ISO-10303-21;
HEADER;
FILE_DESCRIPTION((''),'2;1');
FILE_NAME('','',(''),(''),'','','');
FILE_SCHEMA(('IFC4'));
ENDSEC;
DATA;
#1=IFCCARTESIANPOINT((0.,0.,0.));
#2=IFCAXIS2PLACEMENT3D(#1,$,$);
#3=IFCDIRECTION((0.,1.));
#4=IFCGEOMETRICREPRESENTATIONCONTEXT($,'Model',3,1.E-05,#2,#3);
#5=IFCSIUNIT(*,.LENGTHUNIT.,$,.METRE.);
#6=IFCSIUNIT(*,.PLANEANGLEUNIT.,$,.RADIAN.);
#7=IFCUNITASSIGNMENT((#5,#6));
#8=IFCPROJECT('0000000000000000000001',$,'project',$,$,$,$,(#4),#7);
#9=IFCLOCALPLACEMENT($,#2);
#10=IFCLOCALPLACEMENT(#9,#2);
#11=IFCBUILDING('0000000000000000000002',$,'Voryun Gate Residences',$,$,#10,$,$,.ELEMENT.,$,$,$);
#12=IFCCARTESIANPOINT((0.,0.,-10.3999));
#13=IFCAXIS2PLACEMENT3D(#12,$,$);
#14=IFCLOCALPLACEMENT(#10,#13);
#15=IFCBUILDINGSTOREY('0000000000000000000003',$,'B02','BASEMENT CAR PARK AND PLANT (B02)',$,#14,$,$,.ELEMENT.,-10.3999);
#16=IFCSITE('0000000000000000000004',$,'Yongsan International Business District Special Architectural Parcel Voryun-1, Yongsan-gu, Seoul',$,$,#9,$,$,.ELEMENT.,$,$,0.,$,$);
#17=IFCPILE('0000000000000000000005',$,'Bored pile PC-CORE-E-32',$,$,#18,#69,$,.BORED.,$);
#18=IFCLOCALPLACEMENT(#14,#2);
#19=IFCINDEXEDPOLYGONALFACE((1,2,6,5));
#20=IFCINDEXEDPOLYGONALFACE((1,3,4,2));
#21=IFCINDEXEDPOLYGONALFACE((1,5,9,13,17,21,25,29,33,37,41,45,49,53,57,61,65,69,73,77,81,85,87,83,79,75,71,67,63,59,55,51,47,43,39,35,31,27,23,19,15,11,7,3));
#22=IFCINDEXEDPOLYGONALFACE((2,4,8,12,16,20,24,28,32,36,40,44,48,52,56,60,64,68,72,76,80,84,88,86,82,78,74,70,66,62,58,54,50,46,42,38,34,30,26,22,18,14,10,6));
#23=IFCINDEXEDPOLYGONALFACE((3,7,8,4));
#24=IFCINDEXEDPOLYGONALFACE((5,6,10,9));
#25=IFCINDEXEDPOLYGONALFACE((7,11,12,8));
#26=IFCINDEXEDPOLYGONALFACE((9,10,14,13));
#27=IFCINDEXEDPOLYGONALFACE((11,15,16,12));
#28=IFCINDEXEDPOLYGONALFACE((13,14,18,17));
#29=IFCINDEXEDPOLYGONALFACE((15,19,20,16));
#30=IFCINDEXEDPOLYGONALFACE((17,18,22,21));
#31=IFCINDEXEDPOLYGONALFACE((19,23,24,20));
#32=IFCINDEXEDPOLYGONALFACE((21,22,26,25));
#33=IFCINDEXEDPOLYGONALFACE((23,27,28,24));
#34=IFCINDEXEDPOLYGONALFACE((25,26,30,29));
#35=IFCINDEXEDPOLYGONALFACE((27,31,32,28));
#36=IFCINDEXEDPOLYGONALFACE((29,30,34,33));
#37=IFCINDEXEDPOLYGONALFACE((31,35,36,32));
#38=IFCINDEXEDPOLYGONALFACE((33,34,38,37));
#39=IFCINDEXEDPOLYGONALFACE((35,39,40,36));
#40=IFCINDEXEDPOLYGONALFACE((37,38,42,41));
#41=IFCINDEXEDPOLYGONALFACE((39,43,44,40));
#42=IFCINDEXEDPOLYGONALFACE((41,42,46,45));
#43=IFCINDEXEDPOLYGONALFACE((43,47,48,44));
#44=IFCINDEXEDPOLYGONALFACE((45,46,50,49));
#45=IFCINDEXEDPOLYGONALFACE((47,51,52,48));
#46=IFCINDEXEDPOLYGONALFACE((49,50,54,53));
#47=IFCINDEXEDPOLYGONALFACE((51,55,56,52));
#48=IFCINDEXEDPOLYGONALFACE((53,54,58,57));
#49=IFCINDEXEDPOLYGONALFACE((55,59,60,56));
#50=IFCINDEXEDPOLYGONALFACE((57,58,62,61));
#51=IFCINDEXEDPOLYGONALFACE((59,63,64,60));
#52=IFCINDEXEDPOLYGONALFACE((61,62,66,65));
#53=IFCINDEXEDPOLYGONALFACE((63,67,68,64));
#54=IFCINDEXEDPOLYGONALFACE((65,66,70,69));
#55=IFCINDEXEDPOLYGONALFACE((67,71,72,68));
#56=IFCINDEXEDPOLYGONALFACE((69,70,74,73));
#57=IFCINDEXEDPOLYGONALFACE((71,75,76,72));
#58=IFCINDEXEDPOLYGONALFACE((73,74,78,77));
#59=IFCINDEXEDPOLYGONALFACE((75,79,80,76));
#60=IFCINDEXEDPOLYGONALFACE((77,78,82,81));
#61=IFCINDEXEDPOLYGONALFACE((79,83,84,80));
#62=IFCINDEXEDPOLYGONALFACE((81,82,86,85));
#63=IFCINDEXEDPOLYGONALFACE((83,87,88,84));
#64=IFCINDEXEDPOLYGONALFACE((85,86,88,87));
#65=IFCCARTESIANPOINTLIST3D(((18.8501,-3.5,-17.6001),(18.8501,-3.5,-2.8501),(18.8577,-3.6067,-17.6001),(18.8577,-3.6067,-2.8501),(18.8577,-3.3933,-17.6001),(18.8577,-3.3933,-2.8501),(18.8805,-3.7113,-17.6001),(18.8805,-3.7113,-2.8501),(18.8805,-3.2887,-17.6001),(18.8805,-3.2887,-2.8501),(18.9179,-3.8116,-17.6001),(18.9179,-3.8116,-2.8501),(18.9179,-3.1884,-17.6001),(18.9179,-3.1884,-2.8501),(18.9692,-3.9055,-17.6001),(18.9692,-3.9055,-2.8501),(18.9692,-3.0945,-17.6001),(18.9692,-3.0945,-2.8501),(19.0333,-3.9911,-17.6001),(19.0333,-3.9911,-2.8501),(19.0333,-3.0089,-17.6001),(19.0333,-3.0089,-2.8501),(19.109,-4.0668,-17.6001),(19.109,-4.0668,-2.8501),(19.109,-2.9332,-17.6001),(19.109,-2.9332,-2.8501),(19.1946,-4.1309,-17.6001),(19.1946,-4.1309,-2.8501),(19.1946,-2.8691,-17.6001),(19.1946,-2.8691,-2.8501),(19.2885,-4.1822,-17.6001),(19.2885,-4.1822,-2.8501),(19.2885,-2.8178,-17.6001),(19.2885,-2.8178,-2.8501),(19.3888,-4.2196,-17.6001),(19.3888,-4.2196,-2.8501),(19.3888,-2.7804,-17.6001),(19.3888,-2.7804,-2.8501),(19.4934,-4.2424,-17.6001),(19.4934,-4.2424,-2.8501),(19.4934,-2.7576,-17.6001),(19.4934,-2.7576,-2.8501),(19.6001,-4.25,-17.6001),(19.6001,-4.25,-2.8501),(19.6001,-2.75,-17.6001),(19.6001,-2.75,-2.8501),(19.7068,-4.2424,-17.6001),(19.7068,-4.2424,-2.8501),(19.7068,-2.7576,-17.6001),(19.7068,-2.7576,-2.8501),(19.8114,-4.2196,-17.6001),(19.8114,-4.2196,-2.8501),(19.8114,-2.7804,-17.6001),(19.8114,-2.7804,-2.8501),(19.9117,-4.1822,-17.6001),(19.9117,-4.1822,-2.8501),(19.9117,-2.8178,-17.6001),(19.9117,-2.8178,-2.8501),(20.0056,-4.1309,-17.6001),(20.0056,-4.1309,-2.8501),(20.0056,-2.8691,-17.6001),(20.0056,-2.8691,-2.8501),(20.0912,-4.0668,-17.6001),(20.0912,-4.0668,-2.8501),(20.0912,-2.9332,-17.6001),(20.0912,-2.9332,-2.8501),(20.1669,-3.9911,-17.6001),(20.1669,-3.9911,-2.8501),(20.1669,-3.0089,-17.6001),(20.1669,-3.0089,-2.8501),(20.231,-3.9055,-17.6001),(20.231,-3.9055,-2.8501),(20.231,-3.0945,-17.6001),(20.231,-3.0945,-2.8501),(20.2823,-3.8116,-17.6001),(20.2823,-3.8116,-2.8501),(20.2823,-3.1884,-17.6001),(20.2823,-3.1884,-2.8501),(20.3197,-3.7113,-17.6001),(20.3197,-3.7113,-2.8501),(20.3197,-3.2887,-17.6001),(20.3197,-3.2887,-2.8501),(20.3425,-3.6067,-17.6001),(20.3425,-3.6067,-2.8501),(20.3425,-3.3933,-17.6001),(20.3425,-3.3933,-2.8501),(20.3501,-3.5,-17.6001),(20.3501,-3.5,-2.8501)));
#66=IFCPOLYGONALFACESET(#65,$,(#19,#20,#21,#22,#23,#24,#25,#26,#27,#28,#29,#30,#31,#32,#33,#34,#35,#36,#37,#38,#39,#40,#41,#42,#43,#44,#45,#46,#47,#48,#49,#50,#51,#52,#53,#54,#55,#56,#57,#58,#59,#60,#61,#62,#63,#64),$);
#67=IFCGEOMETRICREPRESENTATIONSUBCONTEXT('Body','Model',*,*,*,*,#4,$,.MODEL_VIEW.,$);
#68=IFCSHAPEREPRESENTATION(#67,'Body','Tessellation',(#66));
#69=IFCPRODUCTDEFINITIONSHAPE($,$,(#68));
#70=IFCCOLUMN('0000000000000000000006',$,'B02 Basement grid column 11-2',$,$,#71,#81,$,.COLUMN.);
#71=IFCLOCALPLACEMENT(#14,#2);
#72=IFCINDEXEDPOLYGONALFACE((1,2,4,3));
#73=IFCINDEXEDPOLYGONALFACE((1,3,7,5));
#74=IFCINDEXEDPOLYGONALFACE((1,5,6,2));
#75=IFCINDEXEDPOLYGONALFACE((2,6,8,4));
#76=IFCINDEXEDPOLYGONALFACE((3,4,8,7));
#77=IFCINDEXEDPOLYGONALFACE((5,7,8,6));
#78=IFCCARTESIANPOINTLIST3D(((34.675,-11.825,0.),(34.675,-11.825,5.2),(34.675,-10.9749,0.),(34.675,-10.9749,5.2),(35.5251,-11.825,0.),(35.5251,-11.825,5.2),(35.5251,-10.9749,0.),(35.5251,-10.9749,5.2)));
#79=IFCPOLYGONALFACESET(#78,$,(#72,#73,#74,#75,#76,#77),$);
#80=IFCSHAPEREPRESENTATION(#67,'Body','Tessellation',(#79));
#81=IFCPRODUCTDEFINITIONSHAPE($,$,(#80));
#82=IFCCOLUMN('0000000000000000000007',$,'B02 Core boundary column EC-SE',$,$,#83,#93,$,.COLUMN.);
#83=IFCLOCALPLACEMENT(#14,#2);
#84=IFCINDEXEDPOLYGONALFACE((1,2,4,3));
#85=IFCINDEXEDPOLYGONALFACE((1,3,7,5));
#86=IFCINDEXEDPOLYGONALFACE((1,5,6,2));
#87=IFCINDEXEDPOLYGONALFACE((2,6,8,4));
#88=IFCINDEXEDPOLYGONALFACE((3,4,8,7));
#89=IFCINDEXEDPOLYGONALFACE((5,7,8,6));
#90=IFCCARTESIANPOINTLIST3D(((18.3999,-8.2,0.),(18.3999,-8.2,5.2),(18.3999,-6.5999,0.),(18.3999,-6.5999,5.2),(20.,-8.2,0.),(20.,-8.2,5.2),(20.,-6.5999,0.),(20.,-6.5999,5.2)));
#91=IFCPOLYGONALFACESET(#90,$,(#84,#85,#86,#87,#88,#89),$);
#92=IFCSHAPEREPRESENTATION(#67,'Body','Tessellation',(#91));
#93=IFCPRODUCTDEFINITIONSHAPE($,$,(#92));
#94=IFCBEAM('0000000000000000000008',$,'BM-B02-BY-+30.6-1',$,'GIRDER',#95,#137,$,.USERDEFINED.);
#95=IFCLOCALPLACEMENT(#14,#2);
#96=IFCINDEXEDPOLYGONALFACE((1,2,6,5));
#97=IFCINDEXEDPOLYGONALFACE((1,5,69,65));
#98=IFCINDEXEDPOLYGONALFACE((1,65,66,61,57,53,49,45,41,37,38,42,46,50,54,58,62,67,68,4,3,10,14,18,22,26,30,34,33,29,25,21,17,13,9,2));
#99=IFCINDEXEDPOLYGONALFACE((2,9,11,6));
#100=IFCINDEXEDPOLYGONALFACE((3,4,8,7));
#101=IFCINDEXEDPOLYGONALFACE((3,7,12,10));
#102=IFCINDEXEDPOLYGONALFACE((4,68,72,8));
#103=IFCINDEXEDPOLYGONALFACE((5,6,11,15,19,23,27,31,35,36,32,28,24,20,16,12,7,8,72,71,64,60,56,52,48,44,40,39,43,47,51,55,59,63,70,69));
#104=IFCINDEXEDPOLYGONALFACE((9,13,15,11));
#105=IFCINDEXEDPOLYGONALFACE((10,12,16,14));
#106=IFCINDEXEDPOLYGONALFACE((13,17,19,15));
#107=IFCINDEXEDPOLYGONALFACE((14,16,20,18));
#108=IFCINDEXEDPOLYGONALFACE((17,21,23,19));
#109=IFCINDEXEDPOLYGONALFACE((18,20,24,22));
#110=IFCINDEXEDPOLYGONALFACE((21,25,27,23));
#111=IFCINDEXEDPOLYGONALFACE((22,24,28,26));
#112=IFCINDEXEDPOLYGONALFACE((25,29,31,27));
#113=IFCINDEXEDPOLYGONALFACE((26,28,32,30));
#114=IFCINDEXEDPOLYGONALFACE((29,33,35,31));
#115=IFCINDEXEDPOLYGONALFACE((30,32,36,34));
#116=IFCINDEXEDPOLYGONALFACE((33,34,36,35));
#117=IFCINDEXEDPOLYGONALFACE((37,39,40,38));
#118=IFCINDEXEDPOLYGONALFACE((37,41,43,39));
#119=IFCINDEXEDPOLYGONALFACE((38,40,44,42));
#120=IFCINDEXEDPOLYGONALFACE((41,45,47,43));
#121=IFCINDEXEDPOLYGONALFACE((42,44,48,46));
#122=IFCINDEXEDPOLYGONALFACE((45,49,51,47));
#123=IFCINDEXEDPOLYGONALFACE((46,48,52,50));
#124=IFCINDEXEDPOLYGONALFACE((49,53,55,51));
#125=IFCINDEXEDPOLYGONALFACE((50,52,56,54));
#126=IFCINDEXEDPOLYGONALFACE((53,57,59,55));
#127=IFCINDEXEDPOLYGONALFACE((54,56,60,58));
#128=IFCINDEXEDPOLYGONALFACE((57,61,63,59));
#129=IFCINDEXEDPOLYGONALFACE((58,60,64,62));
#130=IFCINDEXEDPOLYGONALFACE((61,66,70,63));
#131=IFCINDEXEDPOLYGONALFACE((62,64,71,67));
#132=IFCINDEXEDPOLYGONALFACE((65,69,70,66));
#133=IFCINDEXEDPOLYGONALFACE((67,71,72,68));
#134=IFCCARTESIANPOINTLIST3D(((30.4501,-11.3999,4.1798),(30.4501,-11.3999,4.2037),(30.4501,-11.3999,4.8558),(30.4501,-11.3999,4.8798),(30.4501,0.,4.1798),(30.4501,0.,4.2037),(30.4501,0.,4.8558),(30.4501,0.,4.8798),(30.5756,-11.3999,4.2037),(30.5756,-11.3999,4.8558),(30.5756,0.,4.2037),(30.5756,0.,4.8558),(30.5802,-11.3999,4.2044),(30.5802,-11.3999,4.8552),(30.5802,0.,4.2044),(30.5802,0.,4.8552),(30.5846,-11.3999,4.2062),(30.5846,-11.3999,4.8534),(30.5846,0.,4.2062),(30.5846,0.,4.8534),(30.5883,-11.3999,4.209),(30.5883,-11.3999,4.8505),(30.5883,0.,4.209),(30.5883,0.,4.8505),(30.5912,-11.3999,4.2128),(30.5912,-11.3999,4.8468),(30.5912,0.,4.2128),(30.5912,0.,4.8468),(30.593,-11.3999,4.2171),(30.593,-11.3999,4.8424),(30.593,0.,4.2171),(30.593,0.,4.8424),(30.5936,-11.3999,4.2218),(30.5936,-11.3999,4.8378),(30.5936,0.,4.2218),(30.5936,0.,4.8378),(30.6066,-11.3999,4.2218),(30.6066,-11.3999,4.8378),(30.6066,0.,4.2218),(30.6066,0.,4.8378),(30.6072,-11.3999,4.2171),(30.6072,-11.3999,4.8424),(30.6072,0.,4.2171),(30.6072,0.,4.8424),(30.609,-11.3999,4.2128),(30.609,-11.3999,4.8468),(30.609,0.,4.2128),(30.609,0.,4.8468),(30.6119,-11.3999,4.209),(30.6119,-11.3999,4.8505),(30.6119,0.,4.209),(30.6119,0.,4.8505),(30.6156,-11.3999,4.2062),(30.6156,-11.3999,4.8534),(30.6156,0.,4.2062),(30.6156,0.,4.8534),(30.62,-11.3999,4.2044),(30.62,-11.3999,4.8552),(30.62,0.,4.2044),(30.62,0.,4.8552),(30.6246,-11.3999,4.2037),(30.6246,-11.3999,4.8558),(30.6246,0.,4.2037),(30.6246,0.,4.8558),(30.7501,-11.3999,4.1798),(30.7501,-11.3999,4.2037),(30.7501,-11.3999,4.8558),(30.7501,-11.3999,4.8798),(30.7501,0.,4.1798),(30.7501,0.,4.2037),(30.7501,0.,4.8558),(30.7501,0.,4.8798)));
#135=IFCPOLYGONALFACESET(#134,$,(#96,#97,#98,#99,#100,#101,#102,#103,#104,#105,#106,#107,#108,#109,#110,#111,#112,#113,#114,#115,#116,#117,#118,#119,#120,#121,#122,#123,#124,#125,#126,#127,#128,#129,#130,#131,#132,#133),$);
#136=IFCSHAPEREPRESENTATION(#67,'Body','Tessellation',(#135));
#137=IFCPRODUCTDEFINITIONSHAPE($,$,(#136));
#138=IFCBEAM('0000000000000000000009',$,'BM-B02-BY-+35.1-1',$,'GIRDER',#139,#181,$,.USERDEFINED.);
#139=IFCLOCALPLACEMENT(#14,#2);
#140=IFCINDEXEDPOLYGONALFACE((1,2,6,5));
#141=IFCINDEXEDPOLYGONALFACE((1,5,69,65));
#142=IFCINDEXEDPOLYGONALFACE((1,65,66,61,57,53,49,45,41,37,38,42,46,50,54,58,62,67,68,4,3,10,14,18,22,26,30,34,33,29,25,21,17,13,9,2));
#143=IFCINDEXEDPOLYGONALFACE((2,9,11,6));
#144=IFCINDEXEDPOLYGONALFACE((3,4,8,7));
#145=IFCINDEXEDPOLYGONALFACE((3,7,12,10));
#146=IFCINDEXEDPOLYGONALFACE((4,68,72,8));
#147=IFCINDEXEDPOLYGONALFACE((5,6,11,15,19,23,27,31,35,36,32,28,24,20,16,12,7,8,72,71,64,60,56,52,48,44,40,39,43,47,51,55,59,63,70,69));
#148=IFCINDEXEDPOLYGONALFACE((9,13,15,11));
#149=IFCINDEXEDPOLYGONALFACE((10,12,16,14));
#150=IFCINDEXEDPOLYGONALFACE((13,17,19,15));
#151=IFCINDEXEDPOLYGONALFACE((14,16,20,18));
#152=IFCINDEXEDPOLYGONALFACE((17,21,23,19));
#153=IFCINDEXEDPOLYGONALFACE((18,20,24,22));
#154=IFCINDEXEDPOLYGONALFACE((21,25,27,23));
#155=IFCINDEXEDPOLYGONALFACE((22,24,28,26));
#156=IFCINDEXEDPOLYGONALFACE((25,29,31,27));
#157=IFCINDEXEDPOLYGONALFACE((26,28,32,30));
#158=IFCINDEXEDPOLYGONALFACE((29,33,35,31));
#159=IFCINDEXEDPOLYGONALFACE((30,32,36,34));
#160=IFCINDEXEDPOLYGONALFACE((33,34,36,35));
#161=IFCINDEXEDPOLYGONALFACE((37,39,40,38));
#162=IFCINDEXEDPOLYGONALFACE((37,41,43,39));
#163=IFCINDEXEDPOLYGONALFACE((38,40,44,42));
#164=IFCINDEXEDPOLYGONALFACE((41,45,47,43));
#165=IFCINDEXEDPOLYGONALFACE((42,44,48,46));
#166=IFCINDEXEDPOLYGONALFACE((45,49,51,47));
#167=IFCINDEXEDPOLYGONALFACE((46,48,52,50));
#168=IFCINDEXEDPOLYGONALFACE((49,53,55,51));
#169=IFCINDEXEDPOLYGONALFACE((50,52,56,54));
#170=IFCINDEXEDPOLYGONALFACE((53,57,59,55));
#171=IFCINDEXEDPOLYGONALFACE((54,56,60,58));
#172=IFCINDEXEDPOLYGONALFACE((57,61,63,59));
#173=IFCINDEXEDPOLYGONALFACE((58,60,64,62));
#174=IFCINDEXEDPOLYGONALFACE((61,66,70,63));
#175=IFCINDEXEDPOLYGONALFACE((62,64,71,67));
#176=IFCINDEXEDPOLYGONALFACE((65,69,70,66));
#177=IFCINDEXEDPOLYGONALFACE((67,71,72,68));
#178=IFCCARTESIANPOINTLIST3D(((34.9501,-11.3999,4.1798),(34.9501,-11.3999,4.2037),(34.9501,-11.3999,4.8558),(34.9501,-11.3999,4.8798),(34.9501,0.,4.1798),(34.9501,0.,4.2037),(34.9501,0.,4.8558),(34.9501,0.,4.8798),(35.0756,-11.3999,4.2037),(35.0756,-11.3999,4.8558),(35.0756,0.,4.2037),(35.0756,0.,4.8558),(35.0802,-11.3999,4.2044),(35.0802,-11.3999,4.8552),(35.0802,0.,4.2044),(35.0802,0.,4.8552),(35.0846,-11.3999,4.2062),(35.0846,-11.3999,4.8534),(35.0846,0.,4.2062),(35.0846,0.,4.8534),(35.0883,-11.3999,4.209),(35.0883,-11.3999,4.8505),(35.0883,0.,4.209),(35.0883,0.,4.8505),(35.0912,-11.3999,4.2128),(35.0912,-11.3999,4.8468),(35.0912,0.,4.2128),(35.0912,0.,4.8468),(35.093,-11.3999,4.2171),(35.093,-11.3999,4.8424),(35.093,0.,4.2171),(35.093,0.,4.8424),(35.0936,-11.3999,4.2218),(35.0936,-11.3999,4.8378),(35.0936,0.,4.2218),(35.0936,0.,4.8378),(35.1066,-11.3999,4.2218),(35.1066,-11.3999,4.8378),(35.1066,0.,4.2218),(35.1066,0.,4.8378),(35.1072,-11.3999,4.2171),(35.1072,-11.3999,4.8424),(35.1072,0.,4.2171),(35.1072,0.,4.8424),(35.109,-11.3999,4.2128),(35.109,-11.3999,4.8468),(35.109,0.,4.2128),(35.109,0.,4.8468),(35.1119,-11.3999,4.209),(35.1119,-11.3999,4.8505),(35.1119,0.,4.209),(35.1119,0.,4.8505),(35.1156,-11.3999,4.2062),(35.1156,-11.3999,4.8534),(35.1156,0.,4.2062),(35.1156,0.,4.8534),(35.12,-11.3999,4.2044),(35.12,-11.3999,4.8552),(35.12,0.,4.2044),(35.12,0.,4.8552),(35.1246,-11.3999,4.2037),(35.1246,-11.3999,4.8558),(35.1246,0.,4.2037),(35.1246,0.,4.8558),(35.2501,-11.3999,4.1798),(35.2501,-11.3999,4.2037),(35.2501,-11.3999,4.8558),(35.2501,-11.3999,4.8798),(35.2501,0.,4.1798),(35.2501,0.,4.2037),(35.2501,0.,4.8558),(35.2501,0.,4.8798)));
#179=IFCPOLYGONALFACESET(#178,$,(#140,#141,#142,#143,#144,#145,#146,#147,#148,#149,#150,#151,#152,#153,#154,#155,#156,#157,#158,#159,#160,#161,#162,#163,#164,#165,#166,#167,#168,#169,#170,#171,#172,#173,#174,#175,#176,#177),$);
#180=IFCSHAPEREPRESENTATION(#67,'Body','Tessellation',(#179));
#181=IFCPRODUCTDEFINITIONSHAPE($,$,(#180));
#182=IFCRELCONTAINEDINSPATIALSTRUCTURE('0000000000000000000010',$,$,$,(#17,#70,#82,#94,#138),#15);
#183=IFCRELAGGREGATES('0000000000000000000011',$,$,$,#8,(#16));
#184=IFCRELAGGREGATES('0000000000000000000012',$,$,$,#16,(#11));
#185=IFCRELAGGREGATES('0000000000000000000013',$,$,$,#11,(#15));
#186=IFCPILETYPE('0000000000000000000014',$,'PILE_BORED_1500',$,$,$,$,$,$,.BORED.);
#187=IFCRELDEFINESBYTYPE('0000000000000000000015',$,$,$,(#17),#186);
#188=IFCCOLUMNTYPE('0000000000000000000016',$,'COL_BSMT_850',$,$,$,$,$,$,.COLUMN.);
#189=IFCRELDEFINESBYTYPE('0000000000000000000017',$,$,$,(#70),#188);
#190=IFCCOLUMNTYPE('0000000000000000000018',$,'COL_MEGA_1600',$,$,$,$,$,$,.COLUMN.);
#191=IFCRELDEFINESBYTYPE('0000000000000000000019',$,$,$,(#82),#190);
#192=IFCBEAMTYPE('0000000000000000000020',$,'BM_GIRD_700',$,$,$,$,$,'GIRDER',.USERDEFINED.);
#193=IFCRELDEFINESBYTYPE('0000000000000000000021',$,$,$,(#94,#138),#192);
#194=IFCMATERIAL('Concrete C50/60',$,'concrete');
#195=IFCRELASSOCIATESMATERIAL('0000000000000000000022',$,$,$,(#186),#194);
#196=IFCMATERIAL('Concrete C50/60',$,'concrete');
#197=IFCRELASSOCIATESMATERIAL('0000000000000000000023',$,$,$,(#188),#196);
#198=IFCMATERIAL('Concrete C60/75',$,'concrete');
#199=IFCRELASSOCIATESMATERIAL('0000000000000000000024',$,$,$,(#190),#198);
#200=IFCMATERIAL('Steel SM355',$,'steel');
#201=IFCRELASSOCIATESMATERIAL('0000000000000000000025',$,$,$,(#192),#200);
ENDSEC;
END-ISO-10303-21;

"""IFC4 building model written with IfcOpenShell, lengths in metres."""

from ifc_helpers import new_model, si_unit, direction, frame, origin, origin_2d, place, context, subcontext, project, spatial, rectangle, circle, i_section, extrude, material, material_profile, profile_set, type_object, element, save


model = new_model("IFC4")

# Units and contexts
model_context = context("Model", 3, precision=1e-05, world=origin(), true_north=direction((0.0, 1.0)))
body_context = subcontext(model_context, "Body", "Model", "MODEL_VIEW")
ifc_project = project(units=[si_unit("LENGTHUNIT", "METRE"), si_unit("PLANEANGLEUNIT", "RADIAN")], contexts=[model_context])

# Site, building, storey
site_placement = place(None, origin())
site = spatial("IfcSite", under=ifc_project, at=site_placement, Name="Yongsan International Business District Special Architectural Parcel Voryun-1, Yongsan-gu, Seoul", CompositionType="ELEMENT", RefElevation=0.0)
building_placement = place(site_placement, origin())
building = spatial("IfcBuilding", under=site, at=building_placement, Name="Voryun Gate Residences", CompositionType="ELEMENT")
storey_placement = place(building_placement, frame((0.0, 0.0, -10.3999)))
storey = spatial("IfcBuildingStorey", under=building, at=storey_placement, Name="B02", Description="BASEMENT CAR PARK AND PLANT (B02)", CompositionType="ELEMENT", Elevation=-10.3999)

# Pile
ifc_material_1 = material(Name="Concrete C50/60", Category="concrete")
ifc_material_profile_1 = material_profile(ifc_material_1, circle(Radius=0.75, at=origin_2d()), Name="PILE-D1500")
ifc_profile_set_1 = profile_set([ifc_material_profile_1], Name="Concrete C50/60")
pile_type_1 = type_object("IfcPileType", Name="PILE_BORED_1500", PredefinedType="BORED", material=ifc_profile_set_1)
for number, where, z_axis, x_axis, name in (
    (1, (19.6001, -3.5, -2.8501), (0.0, 0.0, -1.0), (1.0, 0.0, 0.0), "Bored pile PC-CORE-E-32"),
):
    element("IfcPile", number, at=place(storey_placement, frame(where, z_axis=z_axis, x_axis=x_axis)), inside=storey, type_object=pile_type_1, Name=name, PredefinedType="BORED", context=body_context, shape_type="SweptSolid", body=[
        extrude(circle(Radius=0.75, at=origin_2d()), origin(), (0.0, 0.0, 1.0), 14.75),
    ])

# Columns
ifc_material_2 = material(Name="Concrete C50/60", Category="concrete")
ifc_material_profile_2 = material_profile(ifc_material_2, rectangle(XDim=0.8501, YDim=0.8501, at=origin_2d()), Name="RC-850x850")
ifc_profile_set_2 = profile_set([ifc_material_profile_2], Name="Concrete C50/60")
column_type_1 = type_object("IfcColumnType", Name="COL_BSMT_850", PredefinedType="COLUMN", material=ifc_profile_set_2)
column_1_placement = place(storey_placement, frame((35.1001, -11.3999, 0.0), z_axis=(0.0, 0.0, 1.0), x_axis=(1.0, 0.0, 0.0)))
element("IfcColumn", 2, at=column_1_placement, inside=storey, type_object=column_type_1, Name="B02 Basement grid column 11-2", PredefinedType="COLUMN", context=body_context, shape_type="SweptSolid", body=[
    extrude(rectangle(XDim=0.8501, YDim=0.8501, at=origin_2d()), origin(), (0.0, 0.0, 1.0), 5.2),
])
ifc_material_3 = material(Name="Concrete C60/75", Category="concrete")
ifc_material_profile_3 = material_profile(ifc_material_3, rectangle(XDim=1.6001, YDim=1.6001, at=origin_2d()), Name="RC-1600x1600")
ifc_profile_set_3 = profile_set([ifc_material_profile_3], Name="Concrete C60/75")
column_type_2 = type_object("IfcColumnType", Name="COL_MEGA_1600", PredefinedType="COLUMN", material=ifc_profile_set_3)
column_2_placement = place(storey_placement, frame((19.2, -7.3999, 0.0), z_axis=(0.0, 0.0, 1.0), x_axis=(1.0, 0.0, 0.0)))
element("IfcColumn", 3, at=column_2_placement, inside=storey, type_object=column_type_2, Name="B02 Core boundary column EC-SE", PredefinedType="COLUMN", context=body_context, shape_type="SweptSolid", body=[
    extrude(rectangle(XDim=1.6001, YDim=1.6001, at=origin_2d()), origin(), (0.0, 0.0, 1.0), 5.2),
])

# Beams
ifc_material_4 = material(Name="Steel SM355", Category="steel")
ifc_material_profile_4 = material_profile(ifc_material_4, i_section(OverallWidth=0.3, OverallDepth=0.7, WebThickness=0.0129, FlangeThickness=0.0239, FilletRadius=0.0181, at=origin_2d()), Name="H-700x300x13x24")
ifc_profile_set_4 = profile_set([ifc_material_profile_4], Name="Steel SM355")
beam_type = type_object("IfcBeamType", Name="BM_GIRD_700", ElementType="GIRDER", PredefinedType="USERDEFINED", material=ifc_profile_set_4)
for number, where, z_axis, x_axis, name in (
    (4, (30.6001, -11.3999, 4.5298), (0.0, 1.0, 0.0), (-1.0, 0.0, 0.0), "BM-B02-BY-+30.6-1"),
    (5, (35.1001, -11.3999, 4.5298), (0.0, 1.0, 0.0), (-1.0, 0.0, 0.0), "BM-B02-BY-+35.1-1"),
):
    element("IfcBeam", number, at=place(storey_placement, frame(where, z_axis=z_axis, x_axis=x_axis)), inside=storey, type_object=beam_type, Name=name, ObjectType="GIRDER", PredefinedType="USERDEFINED", context=body_context, shape_type="SweptSolid", body=[
        extrude(i_section(OverallWidth=0.3, OverallDepth=0.7, WebThickness=0.0129, FlangeThickness=0.0239, FilletRadius=0.0181, at=origin_2d()), origin(), (0.0, 0.0, 1.0), 11.3999),
    ])

save(model, "model.ifc")
